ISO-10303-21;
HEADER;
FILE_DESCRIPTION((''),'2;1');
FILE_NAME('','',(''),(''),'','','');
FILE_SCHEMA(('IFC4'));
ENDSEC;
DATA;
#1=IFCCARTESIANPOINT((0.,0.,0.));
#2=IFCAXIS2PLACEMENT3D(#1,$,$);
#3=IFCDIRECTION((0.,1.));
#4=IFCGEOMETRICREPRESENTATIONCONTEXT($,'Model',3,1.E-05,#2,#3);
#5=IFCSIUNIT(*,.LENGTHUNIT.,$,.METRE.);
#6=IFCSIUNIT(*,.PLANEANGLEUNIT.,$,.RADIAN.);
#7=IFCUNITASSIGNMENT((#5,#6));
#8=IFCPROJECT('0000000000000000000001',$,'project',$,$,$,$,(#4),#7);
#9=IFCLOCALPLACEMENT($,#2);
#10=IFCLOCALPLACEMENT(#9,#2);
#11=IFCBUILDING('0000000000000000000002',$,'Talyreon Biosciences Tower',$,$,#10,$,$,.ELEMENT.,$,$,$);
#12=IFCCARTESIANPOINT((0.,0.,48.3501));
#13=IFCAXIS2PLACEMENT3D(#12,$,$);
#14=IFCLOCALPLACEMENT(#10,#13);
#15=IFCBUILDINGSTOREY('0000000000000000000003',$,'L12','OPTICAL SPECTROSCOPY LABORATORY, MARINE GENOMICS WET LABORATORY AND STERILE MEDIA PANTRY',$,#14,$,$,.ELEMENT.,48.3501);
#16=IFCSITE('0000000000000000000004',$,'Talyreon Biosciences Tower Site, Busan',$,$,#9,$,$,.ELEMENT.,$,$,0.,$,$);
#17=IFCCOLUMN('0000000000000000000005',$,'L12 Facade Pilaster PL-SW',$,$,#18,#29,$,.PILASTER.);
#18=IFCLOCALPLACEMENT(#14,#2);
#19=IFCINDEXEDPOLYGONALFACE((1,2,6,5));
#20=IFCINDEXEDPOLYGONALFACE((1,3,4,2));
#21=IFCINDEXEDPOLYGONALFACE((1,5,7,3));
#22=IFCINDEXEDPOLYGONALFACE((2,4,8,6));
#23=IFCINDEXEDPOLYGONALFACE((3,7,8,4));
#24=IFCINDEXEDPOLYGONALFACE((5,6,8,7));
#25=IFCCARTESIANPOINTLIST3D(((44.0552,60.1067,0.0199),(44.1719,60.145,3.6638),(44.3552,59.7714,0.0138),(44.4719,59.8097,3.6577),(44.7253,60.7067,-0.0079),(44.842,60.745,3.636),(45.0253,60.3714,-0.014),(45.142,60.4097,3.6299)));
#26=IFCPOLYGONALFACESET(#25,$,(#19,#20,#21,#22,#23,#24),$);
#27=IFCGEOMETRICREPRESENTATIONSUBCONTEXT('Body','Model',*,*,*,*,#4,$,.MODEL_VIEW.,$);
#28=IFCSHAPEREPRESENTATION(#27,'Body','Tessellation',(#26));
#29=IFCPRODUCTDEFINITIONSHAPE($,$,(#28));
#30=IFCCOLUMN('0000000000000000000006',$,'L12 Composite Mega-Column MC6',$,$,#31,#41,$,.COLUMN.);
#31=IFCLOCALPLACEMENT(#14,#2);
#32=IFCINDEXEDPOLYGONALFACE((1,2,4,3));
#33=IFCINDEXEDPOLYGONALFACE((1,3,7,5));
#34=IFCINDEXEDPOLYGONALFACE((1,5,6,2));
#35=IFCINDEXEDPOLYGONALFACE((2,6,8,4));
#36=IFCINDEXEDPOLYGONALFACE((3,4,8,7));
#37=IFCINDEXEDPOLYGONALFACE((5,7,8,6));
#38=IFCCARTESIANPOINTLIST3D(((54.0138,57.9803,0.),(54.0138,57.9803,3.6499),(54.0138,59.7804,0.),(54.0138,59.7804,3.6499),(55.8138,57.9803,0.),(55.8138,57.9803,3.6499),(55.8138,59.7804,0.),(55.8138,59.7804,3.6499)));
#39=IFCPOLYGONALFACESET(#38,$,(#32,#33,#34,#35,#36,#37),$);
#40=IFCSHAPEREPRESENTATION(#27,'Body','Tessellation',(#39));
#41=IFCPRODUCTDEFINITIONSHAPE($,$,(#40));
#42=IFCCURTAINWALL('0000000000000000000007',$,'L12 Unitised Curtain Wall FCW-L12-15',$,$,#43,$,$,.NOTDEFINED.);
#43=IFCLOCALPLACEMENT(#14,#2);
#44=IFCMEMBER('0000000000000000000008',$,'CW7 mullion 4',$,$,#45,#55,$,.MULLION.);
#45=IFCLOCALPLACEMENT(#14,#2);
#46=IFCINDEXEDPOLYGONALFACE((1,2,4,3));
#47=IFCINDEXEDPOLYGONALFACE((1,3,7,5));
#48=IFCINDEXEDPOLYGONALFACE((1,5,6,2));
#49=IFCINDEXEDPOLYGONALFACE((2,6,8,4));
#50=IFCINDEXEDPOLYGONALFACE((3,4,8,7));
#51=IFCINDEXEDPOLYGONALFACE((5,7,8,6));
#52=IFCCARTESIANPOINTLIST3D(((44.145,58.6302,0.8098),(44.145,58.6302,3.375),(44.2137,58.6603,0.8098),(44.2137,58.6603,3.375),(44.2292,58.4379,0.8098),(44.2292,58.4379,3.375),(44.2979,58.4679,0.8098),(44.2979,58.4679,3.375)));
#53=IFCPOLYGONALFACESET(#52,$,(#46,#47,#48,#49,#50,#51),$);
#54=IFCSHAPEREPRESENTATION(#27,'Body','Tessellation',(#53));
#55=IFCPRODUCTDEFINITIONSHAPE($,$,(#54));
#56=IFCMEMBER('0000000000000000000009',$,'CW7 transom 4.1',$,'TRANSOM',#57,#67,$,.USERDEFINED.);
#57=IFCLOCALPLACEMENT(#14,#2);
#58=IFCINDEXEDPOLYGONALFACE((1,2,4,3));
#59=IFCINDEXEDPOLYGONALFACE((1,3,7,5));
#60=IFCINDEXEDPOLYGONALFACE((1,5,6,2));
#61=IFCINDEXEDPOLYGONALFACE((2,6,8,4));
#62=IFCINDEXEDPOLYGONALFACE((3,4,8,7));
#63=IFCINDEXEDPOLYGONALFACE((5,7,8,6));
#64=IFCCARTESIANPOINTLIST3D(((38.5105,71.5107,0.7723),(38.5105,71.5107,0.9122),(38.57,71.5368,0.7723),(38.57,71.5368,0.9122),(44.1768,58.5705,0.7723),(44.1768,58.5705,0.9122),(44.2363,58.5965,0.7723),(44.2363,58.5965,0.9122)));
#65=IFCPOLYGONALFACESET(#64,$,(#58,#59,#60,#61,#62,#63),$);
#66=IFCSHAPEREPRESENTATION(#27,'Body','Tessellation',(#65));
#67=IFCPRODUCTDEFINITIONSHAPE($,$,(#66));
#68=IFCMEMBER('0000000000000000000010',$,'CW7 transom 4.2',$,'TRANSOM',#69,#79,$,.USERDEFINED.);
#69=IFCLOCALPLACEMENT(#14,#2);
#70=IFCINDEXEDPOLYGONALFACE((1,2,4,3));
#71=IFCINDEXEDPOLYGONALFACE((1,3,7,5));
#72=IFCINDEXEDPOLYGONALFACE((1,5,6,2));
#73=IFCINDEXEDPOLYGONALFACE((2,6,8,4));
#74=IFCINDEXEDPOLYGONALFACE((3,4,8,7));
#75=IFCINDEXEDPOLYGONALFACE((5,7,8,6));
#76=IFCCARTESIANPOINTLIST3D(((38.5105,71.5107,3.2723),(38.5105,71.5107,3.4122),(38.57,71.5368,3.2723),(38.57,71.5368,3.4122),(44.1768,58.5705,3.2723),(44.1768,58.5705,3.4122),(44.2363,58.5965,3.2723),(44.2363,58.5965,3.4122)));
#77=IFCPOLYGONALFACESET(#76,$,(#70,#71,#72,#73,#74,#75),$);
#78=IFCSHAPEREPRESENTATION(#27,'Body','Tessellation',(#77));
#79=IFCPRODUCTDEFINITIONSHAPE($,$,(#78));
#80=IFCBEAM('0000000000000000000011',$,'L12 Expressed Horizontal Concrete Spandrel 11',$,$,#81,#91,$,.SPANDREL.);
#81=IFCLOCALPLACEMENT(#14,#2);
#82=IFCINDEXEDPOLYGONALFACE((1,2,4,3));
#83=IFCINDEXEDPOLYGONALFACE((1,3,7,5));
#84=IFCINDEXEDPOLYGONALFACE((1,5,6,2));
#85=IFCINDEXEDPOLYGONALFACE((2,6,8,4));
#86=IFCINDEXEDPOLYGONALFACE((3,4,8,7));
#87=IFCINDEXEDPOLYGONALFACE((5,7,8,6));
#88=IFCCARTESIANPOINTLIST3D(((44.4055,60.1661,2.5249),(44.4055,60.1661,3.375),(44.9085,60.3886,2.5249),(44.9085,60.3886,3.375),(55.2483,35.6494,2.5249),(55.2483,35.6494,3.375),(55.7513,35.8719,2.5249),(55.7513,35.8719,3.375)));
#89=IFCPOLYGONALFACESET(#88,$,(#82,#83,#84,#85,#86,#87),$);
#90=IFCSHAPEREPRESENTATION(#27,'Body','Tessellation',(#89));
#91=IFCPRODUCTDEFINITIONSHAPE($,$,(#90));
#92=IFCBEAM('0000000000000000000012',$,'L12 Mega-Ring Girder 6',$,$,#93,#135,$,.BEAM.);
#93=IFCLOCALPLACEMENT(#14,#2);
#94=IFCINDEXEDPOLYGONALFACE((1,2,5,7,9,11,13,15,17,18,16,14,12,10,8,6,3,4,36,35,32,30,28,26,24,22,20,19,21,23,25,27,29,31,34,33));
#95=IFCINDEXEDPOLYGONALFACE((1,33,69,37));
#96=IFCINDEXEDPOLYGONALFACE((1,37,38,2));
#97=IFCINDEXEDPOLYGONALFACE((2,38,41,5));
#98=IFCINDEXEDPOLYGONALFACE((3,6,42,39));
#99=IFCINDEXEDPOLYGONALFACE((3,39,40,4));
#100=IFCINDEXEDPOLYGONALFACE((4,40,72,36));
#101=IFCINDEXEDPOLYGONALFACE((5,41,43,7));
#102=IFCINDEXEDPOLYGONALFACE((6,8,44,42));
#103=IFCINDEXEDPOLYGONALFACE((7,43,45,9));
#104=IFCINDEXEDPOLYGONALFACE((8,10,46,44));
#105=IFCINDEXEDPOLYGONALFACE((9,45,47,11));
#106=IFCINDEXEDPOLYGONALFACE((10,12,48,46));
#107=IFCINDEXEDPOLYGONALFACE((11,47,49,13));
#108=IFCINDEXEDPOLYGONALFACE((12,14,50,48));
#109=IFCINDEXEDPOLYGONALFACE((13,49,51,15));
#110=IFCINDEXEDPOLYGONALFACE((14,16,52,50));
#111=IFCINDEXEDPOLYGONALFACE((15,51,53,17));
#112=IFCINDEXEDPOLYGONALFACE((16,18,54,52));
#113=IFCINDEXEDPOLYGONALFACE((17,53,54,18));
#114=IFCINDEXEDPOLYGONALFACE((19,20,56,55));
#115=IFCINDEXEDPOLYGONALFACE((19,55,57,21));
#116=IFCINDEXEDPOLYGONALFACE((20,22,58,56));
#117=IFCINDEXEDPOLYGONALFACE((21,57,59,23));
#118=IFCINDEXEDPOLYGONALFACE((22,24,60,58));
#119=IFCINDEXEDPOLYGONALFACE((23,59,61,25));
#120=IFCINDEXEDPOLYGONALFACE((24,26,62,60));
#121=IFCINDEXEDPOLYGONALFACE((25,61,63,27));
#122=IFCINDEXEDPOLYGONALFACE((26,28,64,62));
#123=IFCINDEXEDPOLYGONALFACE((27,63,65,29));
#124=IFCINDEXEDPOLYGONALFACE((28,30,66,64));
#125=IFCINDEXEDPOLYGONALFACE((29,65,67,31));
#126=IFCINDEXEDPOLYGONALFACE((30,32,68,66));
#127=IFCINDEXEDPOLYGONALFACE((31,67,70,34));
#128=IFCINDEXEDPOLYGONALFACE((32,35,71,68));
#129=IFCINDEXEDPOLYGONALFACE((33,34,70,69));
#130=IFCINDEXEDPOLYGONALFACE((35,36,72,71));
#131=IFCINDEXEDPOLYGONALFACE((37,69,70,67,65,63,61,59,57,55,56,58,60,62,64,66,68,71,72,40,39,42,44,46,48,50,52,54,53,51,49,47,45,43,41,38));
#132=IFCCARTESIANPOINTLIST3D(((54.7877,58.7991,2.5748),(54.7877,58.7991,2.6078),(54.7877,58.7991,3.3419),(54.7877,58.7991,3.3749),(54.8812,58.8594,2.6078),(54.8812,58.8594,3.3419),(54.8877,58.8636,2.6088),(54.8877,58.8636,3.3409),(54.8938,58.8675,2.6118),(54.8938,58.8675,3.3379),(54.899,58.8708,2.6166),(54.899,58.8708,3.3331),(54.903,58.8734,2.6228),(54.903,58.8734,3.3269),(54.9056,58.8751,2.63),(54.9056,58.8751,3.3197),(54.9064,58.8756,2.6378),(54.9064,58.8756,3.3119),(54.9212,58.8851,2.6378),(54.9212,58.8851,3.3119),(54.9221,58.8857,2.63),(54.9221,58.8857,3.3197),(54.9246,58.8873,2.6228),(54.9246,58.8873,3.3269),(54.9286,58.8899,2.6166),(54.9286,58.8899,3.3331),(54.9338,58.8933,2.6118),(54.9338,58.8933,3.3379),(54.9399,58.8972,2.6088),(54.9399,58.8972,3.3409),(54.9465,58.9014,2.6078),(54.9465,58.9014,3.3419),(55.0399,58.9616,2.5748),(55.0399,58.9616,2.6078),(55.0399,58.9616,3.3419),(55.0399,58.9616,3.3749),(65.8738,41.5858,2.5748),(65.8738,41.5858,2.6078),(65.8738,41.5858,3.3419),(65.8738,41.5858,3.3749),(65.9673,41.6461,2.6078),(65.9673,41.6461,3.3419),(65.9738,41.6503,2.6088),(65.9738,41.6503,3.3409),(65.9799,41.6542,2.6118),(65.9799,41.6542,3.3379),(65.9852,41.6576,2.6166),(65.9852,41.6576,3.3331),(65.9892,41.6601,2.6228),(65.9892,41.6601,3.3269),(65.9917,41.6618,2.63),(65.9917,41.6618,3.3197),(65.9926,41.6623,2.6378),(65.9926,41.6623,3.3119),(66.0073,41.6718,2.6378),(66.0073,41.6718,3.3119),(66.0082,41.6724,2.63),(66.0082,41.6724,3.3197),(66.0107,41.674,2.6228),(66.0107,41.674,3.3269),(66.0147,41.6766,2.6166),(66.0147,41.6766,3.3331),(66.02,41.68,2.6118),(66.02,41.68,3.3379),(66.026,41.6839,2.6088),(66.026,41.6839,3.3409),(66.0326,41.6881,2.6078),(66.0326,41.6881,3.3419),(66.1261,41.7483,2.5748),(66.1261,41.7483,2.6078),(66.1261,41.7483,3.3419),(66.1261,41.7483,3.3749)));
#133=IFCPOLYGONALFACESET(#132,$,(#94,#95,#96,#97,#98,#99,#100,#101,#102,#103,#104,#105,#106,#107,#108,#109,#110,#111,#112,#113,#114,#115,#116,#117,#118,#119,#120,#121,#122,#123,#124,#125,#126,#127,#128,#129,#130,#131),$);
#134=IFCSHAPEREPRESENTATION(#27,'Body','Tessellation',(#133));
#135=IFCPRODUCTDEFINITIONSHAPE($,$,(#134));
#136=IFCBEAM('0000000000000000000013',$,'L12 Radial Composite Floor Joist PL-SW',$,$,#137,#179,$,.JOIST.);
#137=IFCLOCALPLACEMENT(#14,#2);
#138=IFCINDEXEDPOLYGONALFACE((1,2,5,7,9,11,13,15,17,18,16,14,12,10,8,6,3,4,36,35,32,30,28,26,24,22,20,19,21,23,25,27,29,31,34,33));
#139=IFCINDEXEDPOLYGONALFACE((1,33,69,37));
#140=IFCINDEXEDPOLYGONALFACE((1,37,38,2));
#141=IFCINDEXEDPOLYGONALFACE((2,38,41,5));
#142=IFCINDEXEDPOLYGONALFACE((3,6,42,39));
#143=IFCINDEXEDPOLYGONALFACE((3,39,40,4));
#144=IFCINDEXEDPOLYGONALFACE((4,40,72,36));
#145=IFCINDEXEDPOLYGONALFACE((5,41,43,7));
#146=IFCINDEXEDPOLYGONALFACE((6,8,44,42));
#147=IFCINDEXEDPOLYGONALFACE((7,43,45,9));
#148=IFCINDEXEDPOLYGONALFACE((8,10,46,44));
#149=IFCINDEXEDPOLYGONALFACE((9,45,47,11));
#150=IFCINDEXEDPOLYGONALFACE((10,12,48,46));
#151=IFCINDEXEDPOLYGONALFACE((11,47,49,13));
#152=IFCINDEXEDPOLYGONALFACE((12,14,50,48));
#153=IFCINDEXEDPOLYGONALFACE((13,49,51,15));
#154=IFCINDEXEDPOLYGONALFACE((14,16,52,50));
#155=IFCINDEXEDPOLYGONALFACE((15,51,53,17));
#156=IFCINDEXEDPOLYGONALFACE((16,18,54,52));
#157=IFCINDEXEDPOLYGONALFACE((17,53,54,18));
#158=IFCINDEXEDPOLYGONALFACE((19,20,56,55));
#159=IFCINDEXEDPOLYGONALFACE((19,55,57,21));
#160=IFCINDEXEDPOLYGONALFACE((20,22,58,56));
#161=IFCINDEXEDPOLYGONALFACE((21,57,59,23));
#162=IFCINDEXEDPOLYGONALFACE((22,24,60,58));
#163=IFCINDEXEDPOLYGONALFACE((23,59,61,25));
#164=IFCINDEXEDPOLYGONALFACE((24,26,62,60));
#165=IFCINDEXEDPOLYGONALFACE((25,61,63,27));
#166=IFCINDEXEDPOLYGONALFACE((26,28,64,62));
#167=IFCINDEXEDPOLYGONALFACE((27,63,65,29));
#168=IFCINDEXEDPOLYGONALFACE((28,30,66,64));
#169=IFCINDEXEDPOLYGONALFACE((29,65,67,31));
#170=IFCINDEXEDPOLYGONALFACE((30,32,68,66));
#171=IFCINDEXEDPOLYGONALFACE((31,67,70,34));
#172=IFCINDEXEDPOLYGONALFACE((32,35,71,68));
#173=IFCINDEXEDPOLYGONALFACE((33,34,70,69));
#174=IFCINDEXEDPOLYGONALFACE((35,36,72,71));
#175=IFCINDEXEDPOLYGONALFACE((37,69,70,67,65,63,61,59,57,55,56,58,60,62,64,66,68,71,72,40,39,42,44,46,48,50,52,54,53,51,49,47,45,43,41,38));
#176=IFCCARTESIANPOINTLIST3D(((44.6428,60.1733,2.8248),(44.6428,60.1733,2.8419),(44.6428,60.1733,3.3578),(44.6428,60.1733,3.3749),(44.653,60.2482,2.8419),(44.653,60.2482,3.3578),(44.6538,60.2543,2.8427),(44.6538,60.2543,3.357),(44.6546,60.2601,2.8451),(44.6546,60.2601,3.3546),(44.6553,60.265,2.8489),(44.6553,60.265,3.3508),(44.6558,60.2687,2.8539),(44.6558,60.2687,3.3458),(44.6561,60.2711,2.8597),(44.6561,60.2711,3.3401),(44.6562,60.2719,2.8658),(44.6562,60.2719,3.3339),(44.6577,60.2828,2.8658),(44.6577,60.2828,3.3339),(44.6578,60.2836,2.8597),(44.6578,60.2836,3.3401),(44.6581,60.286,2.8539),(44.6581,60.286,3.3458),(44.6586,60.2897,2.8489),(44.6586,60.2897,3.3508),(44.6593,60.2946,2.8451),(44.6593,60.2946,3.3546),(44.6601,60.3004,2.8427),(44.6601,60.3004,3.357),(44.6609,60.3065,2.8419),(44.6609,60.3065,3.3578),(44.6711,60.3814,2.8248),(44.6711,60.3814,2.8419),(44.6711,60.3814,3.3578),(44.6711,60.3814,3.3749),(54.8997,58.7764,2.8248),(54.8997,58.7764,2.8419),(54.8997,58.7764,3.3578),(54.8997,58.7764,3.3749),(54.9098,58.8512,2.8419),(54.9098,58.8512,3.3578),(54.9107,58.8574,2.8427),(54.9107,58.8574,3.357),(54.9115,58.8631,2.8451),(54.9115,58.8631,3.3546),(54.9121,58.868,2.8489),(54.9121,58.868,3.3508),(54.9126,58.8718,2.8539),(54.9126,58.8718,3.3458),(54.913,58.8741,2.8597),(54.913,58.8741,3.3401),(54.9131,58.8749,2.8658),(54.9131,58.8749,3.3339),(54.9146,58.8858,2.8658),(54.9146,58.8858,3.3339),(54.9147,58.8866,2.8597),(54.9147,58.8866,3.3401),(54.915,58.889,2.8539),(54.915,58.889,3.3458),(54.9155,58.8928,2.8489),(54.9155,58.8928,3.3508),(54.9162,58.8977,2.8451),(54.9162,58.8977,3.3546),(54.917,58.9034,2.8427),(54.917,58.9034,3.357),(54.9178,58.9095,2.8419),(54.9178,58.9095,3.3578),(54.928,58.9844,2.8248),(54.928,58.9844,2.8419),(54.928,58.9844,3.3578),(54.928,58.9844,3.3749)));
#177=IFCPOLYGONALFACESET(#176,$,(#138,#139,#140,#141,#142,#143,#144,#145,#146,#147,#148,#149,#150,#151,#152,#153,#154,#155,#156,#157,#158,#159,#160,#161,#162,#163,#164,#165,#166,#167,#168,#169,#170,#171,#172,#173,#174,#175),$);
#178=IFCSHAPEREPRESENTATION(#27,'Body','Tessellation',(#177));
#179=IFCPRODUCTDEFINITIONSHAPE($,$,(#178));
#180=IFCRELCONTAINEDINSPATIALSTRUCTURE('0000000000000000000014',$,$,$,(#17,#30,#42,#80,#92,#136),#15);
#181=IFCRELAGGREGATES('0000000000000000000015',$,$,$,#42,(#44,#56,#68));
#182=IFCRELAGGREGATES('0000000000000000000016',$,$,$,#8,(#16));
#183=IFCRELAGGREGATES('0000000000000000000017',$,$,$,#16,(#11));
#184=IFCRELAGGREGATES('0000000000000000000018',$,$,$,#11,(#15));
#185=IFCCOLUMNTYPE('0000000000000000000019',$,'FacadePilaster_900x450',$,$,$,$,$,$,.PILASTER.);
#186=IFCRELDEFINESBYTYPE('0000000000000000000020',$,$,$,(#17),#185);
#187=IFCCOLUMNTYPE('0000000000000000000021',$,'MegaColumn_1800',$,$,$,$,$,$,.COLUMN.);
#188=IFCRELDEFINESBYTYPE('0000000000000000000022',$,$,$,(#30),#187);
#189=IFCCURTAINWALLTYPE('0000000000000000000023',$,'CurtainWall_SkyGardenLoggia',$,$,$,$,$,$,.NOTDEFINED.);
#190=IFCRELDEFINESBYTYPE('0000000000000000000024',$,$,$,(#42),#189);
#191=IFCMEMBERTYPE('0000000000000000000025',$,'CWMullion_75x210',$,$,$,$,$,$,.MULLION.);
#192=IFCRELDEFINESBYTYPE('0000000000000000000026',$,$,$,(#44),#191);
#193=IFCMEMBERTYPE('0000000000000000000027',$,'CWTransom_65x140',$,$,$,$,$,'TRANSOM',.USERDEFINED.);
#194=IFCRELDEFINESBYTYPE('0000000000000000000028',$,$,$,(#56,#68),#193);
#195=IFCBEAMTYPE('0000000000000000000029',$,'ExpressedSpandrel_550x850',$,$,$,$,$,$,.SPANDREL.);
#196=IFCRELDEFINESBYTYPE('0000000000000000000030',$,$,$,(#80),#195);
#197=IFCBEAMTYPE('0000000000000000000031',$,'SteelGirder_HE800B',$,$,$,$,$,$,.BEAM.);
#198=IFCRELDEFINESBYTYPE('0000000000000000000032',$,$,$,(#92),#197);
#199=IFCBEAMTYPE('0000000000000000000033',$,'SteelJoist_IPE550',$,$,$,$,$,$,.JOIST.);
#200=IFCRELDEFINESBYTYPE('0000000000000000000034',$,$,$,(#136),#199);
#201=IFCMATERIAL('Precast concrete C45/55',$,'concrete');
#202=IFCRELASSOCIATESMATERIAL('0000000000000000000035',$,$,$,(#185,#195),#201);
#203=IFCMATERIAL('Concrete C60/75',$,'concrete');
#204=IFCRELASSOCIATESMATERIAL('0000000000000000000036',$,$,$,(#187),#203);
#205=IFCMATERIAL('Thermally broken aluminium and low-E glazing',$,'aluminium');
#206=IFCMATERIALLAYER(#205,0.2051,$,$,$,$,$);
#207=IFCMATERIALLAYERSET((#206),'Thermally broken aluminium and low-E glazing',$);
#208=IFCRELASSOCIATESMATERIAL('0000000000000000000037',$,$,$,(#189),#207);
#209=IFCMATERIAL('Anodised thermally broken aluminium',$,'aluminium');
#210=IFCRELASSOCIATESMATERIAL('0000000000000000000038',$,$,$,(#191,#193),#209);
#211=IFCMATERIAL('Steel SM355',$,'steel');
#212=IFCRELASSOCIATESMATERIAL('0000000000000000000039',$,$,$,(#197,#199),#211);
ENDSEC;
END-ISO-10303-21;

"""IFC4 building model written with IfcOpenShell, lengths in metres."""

from ifc_helpers import new_model, si_unit, direction, frame, origin, origin_2d, place, context, subcontext, project, spatial, rectangle, i_section, extrude, material, layer, layer_set, material_profile, profile_set, type_object, element, aggregate, save


model = new_model("IFC4")

# Units and contexts
model_context = context("Model", 3, precision=1e-05, world=origin(), true_north=direction((0.0, 1.0)))
body_context = subcontext(model_context, "Body", "Model", "MODEL_VIEW")
ifc_project = project(units=[si_unit("LENGTHUNIT", "METRE"), si_unit("PLANEANGLEUNIT", "RADIAN")], contexts=[model_context])

# Site, building, storey
site_placement = place(None, origin())
site = spatial("IfcSite", under=ifc_project, at=site_placement, Name="Talyreon Biosciences Tower Site, Busan", CompositionType="ELEMENT", RefElevation=0.0)
building_placement = place(site_placement, origin())
building = spatial("IfcBuilding", under=site, at=building_placement, Name="Talyreon Biosciences Tower", CompositionType="ELEMENT")
storey_placement = place(building_placement, frame((0.0, 0.0, 48.3501)))
storey = spatial("IfcBuildingStorey", under=building, at=storey_placement, Name="L12", Description="OPTICAL SPECTROSCOPY LABORATORY, MARINE GENOMICS WET LABORATORY AND STERILE MEDIA PANTRY", CompositionType="ELEMENT", Elevation=48.3501)

# Columns
ifc_material_1 = material(Name="Precast concrete C45/55", Category="concrete")
ifc_material_profile_1 = material_profile(ifc_material_1, rectangle(XDim=0.8999, YDim=0.45, at=origin_2d()), Name="RC 900x450")
ifc_profile_set_1 = profile_set([ifc_material_profile_1], Name="Precast concrete C45/55")
column_type_1 = type_object("IfcColumnType", Name="FacadePilaster_900x450", PredefinedType="PILASTER", material=ifc_profile_set_1)
column_1_placement = place(storey_placement, frame((44.5403, 60.239, 0.0029), z_axis=(0.032006, 0.010513, 0.999432), x_axis=(0.744634, 0.666759, -0.03086)))
element("IfcColumn", 1, at=column_1_placement, inside=storey, type_object=column_type_1, Name="L12 Facade Pilaster PL-SW", PredefinedType="PILASTER", context=body_context, shape_type="SweptSolid", body=[
    extrude(rectangle(XDim=0.8999, YDim=0.45, at=origin_2d()), origin(), (0.0, 0.0, 1.0), 3.646),
])
ifc_material_2 = material(Name="Concrete C60/75", Category="concrete")
ifc_material_profile_2 = material_profile(ifc_material_2, rectangle(XDim=1.8, YDim=1.8, at=origin_2d()), Name="RC 1800x1800")
ifc_profile_set_2 = profile_set([ifc_material_profile_2], Name="Concrete C60/75")
column_type_2 = type_object("IfcColumnType", Name="MegaColumn_1800", PredefinedType="COLUMN", material=ifc_profile_set_2)
column_2_placement = place(storey_placement, frame((54.9138, 58.8804, 0.0), z_axis=(0.0, 0.0, 1.0), x_axis=(1.0, 0.0, 0.0)))
element("IfcColumn", 2, at=column_2_placement, inside=storey, type_object=column_type_2, Name="L12 Composite Mega-Column MC6", PredefinedType="COLUMN", context=body_context, shape_type="SweptSolid", body=[
    extrude(rectangle(XDim=1.8, YDim=1.8, at=origin_2d()), origin(), (0.0, 0.0, 1.0), 3.6499),
])

# Curtain wall, members
ifc_material_3 = material(Name="Thermally broken aluminium and low-E glazing", Category="aluminium")
ifc_layer_1 = layer(ifc_material_3, 0.2051)
ifc_layer_set_1 = layer_set([ifc_layer_1], Name="Thermally broken aluminium and low-E glazing")
curtain_wall_type = type_object("IfcCurtainWallType", Name="CurtainWall_SkyGardenLoggia", PredefinedType="NOTDEFINED", material=ifc_layer_set_1)
curtain_wall_placement = place(storey_placement, origin())
curtain_wall = element("IfcCurtainWall", 3, at=curtain_wall_placement, inside=storey, type_object=curtain_wall_type, Name="L12 Unitised Curtain Wall FCW-L12-15", PredefinedType="NOTDEFINED")
ifc_material_4 = material(Name="Anodised thermally broken aluminium", Category="aluminium")
ifc_material_profile_3 = material_profile(ifc_material_4, rectangle(XDim=0.075, YDim=0.21, at=origin_2d()), Name="ALUM MULLION 75x210")
ifc_profile_set_3 = profile_set([ifc_material_profile_3], Name="Anodised thermally broken aluminium")
member_type_1 = type_object("IfcMemberType", Name="CWMullion_75x210", PredefinedType="MULLION", material=ifc_profile_set_3)
member_1_placement = place(storey_placement, frame((44.2214, 58.5491, 0.8098), z_axis=(0.0, 0.0, 1.0), x_axis=(-0.916035, -0.401097, 0.0)))
member_1 = element("IfcMember", 4, at=member_1_placement, type_object=member_type_1, Name="CW7 mullion 4", PredefinedType="MULLION", context=body_context, shape_type="SweptSolid", body=[
    extrude(rectangle(XDim=0.075, YDim=0.21, at=origin_2d()), origin(), (0.0, 0.0, 1.0), 2.5652),
])
ifc_material_profile_4 = material_profile(ifc_material_4, rectangle(XDim=0.0649, YDim=0.1399, at=origin_2d()), Name="ALUM TRANSOM 65x140")
ifc_profile_set_4 = profile_set([ifc_material_profile_4], Name="Anodised thermally broken aluminium")
member_type_2 = type_object("IfcMemberType", Name="CWTransom_65x140", ElementType="TRANSOM", PredefinedType="USERDEFINED", material=ifc_profile_set_4)
member_2_placement = place(storey_placement, frame((44.2065, 58.5835, 0.8423), z_axis=(-0.401112, 0.916029, 0.0), x_axis=(-0.916029, -0.401112, 0.0)))
member_2 = element("IfcMember", 5, at=member_2_placement, type_object=member_type_2, Name="CW7 transom 4.1", ObjectType="TRANSOM", PredefinedType="USERDEFINED", context=body_context, shape_type="SweptSolid", body=[
    extrude(rectangle(XDim=0.0649, YDim=0.1399, at=origin_2d()), origin(), (0.0, 0.0, 1.0), 14.1265),
])
member_3_placement = place(storey_placement, frame((44.2065, 58.5835, 3.3423), z_axis=(-0.401112, 0.916029, 0.0), x_axis=(-0.916029, -0.401112, 0.0)))
member_3 = element("IfcMember", 6, at=member_3_placement, type_object=member_type_2, Name="CW7 transom 4.2", ObjectType="TRANSOM", PredefinedType="USERDEFINED", context=body_context, shape_type="SweptSolid", body=[
    extrude(rectangle(XDim=0.0649, YDim=0.1399, at=origin_2d()), origin(), (0.0, 0.0, 1.0), 14.1265),
])

# Beams
ifc_material_profile_5 = material_profile(ifc_material_1, rectangle(XDim=0.55, YDim=0.8501, at=origin_2d()), Name="RCB 550x850")
ifc_profile_set_5 = profile_set([ifc_material_profile_5], Name="Precast concrete C45/55")
beam_type_1 = type_object("IfcBeamType", Name="ExpressedSpandrel_550x850", PredefinedType="SPANDREL", material=ifc_profile_set_5)
beam_1_placement = place(storey_placement, frame((44.657, 60.2773, 2.95), z_axis=(0.404471, -0.914551, 0.0), x_axis=(0.914551, 0.404471, 0.0)))
element("IfcBeam", 7, at=beam_1_placement, inside=storey, type_object=beam_type_1, Name="L12 Expressed Horizontal Concrete Spandrel 11", PredefinedType="SPANDREL", context=body_context, shape_type="SweptSolid", body=[
    extrude(rectangle(XDim=0.55, YDim=0.8501, at=origin_2d()), origin(), (0.0, 0.0, 1.0), 26.8074),
])
ifc_material_5 = material(Name="Steel SM355", Category="steel")
ifc_material_profile_6 = material_profile(ifc_material_5, i_section(OverallWidth=0.3, OverallDepth=0.8, WebThickness=0.0176, FlangeThickness=0.033, FilletRadius=0.03, at=origin_2d()), Name="HE800B")
ifc_profile_set_6 = profile_set([ifc_material_profile_6], Name="Steel SM355")
beam_type_2 = type_object("IfcBeamType", Name="SteelGirder_HE800B", PredefinedType="BEAM", material=ifc_profile_set_6)
beam_2_placement = place(storey_placement, frame((54.9138, 58.8804, 2.9749), z_axis=(0.541464, -0.840724, 0.0), x_axis=(0.840724, 0.541464, 0.0)))
element("IfcBeam", 8, at=beam_2_placement, inside=storey, type_object=beam_type_2, Name="L12 Mega-Ring Girder 6", PredefinedType="BEAM", context=body_context, shape_type="SweptSolid", body=[
    extrude(i_section(OverallWidth=0.3, OverallDepth=0.8, WebThickness=0.0176, FlangeThickness=0.033, FilletRadius=0.03, at=origin_2d()), origin(), (0.0, 0.0, 1.0), 20.4744),
])
ifc_material_profile_7 = material_profile(ifc_material_5, i_section(OverallWidth=0.21, OverallDepth=0.55, WebThickness=0.011, FlangeThickness=0.0171, FilletRadius=0.0239, at=origin_2d()), Name="IPE550")
ifc_profile_set_7 = profile_set([ifc_material_profile_7], Name="Steel SM355")
beam_type_3 = type_object("IfcBeamType", Name="SteelJoist_IPE550", PredefinedType="JOIST", material=ifc_profile_set_7)
beam_3_placement = place(storey_placement, frame((54.9138, 58.8804, 3.0999), z_axis=(-0.990852, 0.134953, 0.0), x_axis=(-0.134953, -0.990852, 0.0)))
element("IfcBeam", 9, at=beam_3_placement, inside=storey, type_object=beam_type_3, Name="L12 Radial Composite Floor Joist PL-SW", PredefinedType="JOIST", context=body_context, shape_type="SweptSolid", body=[
    extrude(i_section(OverallWidth=0.21, OverallDepth=0.55, WebThickness=0.011, FlangeThickness=0.0171, FilletRadius=0.0239, at=origin_2d()), origin(), (0.0, 0.0, 1.0), 10.3516),
])

aggregate(curtain_wall, [member_1, member_2, member_3])

save(model, "model.ifc")
